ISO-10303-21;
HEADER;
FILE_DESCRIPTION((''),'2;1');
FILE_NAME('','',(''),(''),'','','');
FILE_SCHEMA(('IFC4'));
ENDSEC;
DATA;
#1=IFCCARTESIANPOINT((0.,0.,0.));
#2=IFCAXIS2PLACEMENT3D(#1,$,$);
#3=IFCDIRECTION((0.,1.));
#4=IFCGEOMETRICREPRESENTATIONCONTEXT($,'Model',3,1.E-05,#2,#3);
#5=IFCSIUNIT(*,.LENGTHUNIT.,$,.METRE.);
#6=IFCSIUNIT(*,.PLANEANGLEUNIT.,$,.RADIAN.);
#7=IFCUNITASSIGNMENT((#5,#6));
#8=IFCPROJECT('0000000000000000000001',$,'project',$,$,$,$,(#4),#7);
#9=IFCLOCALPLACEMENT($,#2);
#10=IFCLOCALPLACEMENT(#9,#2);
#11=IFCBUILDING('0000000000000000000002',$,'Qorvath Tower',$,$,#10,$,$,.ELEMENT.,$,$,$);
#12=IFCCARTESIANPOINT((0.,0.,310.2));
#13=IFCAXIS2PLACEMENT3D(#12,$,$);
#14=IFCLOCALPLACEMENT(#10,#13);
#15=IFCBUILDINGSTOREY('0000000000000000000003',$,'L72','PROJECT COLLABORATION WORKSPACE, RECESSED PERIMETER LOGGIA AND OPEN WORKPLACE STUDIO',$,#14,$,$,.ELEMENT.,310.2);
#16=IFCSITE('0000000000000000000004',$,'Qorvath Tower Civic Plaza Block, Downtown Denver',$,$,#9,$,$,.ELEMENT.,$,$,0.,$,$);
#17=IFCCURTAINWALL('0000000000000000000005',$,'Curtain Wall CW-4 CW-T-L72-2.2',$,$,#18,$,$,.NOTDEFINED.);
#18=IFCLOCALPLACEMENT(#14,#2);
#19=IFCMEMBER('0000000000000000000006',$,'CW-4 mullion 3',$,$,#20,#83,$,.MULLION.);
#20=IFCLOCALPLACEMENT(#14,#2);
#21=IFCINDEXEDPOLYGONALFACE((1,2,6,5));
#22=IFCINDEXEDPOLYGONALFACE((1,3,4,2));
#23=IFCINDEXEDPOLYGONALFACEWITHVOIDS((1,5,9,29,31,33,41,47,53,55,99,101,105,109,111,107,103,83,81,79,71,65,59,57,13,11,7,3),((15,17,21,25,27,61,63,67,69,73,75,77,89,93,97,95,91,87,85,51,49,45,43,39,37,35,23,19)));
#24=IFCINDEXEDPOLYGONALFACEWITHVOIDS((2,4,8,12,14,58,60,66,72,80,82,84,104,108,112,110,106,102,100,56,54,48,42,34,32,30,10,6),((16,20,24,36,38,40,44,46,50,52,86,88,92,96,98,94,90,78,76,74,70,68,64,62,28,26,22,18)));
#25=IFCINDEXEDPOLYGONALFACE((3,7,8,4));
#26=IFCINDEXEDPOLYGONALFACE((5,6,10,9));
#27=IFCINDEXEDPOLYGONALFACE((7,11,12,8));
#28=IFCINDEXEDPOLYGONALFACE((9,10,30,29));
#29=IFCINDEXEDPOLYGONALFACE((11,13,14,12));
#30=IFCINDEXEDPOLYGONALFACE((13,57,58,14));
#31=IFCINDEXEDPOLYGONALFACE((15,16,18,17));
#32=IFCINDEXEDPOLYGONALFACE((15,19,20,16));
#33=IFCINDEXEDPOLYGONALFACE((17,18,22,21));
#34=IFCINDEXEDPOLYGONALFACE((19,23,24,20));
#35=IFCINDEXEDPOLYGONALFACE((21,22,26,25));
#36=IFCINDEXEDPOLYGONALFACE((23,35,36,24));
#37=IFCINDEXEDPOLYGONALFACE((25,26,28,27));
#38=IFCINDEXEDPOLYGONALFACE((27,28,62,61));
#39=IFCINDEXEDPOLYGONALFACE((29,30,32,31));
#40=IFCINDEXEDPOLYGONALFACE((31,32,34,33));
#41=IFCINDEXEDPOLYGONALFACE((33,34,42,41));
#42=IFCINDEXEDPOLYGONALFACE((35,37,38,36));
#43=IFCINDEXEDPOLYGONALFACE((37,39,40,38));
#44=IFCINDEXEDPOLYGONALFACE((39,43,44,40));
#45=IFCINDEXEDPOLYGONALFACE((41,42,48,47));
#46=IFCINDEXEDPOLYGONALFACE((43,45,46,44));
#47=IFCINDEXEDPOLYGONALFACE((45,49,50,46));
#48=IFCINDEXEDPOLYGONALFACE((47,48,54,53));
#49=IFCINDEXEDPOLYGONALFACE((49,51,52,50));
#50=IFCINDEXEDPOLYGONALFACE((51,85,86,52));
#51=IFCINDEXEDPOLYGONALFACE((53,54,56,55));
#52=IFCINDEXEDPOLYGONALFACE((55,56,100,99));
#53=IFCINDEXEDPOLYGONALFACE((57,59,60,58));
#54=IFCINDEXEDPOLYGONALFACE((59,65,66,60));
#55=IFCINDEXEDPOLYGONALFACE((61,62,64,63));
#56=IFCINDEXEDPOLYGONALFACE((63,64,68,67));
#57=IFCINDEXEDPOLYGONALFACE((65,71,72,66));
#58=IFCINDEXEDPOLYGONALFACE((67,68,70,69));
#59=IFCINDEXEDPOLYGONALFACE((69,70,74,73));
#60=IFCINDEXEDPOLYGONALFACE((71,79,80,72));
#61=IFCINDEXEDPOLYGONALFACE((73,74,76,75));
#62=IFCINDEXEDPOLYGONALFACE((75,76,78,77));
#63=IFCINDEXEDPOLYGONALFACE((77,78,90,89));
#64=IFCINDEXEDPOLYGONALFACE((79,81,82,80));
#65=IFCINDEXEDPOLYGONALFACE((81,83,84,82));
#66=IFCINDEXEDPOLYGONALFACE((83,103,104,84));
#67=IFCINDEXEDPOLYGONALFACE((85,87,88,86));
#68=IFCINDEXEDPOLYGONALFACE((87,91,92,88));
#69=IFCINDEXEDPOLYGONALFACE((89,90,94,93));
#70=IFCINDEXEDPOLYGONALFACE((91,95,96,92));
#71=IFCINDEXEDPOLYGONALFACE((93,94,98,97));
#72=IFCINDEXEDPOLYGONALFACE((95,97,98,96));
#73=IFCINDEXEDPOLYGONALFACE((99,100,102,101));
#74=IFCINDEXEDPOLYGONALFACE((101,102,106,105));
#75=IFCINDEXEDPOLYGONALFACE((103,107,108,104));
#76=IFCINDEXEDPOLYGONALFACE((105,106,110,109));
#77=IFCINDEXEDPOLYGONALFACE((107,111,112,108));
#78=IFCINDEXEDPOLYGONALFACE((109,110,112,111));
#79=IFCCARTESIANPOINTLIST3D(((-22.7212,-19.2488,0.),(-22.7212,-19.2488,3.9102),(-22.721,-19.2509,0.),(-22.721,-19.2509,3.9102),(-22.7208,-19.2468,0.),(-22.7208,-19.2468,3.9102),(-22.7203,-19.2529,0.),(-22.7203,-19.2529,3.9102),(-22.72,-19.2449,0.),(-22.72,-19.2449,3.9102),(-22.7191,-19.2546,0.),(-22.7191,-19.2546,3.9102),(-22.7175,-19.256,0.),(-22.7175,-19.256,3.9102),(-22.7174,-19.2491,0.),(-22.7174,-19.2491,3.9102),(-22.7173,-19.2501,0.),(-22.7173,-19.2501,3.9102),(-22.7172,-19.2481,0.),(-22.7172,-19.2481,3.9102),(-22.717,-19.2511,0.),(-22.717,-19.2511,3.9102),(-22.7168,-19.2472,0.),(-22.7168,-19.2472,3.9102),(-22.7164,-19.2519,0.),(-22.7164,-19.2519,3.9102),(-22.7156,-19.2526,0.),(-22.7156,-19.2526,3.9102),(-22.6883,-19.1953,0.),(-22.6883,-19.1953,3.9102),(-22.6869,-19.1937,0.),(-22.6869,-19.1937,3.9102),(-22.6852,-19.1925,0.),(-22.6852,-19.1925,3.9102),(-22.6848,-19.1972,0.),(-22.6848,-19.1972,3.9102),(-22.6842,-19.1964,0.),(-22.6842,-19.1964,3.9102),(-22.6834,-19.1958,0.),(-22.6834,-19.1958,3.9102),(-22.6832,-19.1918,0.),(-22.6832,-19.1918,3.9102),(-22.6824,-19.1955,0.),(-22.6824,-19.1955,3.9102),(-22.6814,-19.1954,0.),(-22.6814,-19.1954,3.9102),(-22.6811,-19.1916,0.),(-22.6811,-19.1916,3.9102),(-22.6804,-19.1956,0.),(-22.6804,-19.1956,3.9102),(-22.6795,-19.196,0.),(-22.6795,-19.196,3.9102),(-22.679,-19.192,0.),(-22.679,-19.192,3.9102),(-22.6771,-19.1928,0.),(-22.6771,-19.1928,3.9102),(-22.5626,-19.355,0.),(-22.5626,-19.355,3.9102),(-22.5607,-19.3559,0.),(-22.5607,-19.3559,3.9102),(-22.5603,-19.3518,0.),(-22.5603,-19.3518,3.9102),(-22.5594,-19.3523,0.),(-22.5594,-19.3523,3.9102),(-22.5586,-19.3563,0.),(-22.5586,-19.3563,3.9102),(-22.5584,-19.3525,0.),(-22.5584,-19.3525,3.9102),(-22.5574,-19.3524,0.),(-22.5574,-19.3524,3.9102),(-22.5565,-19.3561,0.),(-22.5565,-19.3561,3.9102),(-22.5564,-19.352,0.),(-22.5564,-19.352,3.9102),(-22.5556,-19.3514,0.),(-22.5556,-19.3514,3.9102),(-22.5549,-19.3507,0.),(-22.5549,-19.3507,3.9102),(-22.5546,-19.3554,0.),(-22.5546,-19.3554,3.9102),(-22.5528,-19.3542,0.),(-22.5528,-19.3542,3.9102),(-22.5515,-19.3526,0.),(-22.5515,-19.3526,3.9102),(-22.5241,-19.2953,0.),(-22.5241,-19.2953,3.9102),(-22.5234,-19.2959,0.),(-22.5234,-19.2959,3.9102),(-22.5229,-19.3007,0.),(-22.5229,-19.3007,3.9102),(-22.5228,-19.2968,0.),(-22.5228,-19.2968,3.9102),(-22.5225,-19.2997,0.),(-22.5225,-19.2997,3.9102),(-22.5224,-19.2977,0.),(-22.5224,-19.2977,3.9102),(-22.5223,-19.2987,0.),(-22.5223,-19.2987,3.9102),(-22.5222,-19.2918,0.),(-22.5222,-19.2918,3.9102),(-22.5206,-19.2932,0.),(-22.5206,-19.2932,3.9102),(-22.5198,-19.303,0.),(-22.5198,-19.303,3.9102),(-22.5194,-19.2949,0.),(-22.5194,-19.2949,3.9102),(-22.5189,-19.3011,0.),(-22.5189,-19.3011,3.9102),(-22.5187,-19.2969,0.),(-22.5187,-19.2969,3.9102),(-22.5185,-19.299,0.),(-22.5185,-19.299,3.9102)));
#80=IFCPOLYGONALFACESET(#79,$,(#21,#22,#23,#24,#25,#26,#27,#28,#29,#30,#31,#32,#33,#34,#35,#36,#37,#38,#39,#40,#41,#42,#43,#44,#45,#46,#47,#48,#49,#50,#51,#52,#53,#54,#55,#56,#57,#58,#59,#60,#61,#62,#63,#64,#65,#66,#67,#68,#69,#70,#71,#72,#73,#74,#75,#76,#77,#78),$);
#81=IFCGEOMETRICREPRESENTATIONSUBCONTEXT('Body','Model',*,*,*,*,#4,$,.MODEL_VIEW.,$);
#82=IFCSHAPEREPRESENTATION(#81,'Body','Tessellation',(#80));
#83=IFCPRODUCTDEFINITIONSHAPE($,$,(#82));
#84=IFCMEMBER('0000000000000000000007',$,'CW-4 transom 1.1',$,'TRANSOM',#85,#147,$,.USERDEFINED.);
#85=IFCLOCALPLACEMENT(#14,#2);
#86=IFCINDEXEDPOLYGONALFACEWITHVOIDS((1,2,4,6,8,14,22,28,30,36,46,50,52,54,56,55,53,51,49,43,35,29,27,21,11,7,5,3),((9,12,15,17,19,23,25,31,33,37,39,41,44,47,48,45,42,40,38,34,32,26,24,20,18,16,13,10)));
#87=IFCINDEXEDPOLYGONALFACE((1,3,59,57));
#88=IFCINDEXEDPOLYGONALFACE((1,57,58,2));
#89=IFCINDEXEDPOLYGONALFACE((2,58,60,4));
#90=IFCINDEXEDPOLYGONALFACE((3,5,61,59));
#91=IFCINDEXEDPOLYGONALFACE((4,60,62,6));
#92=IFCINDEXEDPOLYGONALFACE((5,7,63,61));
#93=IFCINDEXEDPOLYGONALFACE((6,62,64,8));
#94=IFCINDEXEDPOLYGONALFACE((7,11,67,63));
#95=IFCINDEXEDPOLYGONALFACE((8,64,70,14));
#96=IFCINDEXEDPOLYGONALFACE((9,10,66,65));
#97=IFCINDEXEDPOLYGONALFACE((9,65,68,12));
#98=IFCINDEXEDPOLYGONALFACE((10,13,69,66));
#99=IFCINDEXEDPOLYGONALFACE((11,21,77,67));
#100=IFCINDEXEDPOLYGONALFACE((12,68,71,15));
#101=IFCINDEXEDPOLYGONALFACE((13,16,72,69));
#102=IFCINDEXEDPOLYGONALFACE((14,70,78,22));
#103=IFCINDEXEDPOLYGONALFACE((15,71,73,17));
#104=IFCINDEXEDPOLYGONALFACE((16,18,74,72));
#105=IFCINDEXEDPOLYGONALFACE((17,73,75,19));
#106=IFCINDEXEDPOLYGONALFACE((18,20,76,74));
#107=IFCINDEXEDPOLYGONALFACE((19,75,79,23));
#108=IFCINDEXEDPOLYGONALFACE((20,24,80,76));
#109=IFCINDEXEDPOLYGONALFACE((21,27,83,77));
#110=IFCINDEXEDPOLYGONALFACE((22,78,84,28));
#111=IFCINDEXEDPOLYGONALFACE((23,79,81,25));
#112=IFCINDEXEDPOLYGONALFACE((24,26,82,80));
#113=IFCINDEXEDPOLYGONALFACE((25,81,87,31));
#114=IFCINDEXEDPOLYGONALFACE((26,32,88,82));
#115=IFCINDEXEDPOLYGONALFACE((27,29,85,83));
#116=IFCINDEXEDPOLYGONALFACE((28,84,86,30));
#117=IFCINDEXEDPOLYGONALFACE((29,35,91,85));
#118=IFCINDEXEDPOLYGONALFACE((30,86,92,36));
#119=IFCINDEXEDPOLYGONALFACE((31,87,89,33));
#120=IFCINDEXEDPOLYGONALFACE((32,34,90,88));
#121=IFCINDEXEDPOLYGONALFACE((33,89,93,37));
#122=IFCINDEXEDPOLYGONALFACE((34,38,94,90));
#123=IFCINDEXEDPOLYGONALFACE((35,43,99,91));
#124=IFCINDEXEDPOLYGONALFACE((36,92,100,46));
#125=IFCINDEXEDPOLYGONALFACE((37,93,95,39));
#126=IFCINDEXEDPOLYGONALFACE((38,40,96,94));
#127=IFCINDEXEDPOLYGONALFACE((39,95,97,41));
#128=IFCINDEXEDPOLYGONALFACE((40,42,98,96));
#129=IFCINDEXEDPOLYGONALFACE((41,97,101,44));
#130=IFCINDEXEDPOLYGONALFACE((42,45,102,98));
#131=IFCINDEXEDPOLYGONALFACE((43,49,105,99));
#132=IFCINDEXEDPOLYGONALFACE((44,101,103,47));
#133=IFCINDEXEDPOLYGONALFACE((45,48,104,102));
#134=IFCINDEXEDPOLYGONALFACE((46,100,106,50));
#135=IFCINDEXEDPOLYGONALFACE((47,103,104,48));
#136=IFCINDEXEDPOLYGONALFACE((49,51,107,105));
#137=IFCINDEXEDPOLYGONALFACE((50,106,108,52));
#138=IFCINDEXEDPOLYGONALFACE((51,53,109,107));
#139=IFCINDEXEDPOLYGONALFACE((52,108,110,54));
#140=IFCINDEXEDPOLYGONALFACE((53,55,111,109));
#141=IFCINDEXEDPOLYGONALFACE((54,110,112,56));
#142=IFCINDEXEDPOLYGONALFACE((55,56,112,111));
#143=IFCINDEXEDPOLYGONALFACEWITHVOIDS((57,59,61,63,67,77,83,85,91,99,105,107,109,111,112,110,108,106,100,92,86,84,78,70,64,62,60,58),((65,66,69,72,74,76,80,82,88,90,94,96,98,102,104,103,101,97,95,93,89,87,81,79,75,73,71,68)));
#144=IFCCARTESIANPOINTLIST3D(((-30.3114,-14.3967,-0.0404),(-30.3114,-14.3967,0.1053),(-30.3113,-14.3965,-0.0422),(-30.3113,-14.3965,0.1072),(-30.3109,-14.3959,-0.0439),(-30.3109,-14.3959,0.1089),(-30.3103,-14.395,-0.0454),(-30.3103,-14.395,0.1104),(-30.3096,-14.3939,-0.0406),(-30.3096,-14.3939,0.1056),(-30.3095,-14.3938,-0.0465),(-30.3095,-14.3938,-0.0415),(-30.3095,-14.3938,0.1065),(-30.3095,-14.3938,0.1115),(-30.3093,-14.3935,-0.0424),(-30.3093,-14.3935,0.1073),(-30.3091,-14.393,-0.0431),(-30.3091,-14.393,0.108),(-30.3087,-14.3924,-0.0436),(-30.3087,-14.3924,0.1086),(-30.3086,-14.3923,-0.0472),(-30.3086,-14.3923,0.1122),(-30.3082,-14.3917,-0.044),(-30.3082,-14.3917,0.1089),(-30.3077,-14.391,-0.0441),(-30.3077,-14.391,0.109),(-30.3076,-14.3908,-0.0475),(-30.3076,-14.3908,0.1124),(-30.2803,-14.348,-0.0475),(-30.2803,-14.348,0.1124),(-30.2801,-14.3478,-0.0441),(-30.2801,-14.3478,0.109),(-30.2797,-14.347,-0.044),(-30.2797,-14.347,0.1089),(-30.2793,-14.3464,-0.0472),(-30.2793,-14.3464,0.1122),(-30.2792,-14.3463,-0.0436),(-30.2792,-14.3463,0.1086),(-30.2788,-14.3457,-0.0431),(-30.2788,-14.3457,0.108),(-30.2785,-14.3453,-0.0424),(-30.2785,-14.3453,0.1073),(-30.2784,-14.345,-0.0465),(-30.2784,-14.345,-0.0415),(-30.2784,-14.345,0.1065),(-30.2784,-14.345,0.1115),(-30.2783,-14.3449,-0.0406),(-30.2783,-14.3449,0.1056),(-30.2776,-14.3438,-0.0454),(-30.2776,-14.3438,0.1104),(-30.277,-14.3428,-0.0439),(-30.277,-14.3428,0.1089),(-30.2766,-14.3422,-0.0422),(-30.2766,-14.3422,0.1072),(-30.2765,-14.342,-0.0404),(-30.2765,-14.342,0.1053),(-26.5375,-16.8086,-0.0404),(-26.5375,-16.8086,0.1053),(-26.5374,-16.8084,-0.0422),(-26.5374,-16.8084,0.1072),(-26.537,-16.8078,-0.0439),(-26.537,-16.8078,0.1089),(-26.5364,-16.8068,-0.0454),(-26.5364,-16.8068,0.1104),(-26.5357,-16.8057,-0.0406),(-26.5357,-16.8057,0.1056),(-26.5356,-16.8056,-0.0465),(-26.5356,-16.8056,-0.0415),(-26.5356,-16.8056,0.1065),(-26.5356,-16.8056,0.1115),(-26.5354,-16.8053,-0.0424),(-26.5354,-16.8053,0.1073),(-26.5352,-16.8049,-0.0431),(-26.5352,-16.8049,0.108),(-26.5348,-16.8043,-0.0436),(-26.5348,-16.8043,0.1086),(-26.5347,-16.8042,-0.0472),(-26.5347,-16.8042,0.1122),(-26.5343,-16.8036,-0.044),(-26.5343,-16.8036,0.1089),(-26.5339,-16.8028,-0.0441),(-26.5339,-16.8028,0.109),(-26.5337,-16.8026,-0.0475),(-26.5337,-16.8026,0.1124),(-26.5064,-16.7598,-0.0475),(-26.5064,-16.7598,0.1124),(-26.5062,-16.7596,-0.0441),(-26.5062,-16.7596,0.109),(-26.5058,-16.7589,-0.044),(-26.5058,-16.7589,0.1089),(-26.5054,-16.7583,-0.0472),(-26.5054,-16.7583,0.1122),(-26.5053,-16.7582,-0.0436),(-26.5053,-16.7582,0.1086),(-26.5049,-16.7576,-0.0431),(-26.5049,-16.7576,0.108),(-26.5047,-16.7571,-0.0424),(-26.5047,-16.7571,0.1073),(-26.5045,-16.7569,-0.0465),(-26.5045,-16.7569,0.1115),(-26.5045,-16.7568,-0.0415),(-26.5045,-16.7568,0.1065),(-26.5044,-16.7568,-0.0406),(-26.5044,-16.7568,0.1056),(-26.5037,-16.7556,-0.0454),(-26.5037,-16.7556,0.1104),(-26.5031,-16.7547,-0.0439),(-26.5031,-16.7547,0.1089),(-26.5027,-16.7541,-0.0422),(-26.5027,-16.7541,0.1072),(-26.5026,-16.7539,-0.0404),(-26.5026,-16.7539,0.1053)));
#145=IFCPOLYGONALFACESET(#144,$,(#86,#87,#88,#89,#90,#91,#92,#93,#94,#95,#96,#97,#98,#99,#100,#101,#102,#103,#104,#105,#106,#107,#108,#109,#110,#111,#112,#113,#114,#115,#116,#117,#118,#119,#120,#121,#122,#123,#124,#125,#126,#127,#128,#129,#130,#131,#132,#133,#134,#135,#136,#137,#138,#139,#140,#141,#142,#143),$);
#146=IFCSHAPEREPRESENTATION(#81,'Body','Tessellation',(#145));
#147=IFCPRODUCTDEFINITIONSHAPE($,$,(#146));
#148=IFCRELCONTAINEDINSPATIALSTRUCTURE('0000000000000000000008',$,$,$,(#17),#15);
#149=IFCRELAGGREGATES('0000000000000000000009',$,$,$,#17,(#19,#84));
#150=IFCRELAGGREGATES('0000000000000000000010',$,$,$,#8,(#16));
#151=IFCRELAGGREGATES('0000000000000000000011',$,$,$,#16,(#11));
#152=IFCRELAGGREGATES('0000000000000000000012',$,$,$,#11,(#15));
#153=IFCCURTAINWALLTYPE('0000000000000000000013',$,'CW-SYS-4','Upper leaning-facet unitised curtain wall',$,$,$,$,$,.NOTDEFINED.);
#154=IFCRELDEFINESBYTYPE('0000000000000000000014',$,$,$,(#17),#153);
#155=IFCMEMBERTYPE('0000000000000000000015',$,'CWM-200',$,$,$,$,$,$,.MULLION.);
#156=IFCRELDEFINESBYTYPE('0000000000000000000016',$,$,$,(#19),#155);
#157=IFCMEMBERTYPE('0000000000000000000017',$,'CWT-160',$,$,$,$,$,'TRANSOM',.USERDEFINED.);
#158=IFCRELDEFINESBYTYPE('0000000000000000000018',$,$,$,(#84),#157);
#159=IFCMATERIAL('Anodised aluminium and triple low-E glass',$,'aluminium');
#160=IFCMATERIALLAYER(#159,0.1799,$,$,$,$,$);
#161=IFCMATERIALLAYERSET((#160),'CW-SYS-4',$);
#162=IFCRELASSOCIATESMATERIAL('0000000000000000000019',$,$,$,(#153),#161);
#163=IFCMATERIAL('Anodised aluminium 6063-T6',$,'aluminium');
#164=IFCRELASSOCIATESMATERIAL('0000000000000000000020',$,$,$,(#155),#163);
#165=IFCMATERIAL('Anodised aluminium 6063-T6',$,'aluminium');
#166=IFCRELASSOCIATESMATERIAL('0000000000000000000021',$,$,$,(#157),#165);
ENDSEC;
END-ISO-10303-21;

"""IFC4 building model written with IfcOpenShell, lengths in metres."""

from ifc_helpers import new_model, si_unit, direction, frame, origin, origin_2d, place, context, subcontext, project, spatial, hollow_rectangle, extrude, material, layer, layer_set, material_profile, profile_set, type_object, element, aggregate, save


model = new_model("IFC4")

# Units and contexts
model_context = context("Model", 3, precision=1e-05, world=origin(), true_north=direction((0.0, 1.0)))
body_context = subcontext(model_context, "Body", "Model", "MODEL_VIEW")
ifc_project = project(units=[si_unit("LENGTHUNIT", "METRE"), si_unit("PLANEANGLEUNIT", "RADIAN")], contexts=[model_context])

# Site, building, storey
site_placement = place(None, origin())
site = spatial("IfcSite", under=ifc_project, at=site_placement, Name="Qorvath Tower Civic Plaza Block, Downtown Denver", CompositionType="ELEMENT", RefElevation=0.0)
building_placement = place(site_placement, origin())
building = spatial("IfcBuilding", under=site, at=building_placement, Name="Qorvath Tower", CompositionType="ELEMENT")
storey_placement = place(building_placement, frame((0.0, 0.0, 310.2)))
storey = spatial("IfcBuildingStorey", under=building, at=storey_placement, Name="L72", Description="PROJECT COLLABORATION WORKSPACE, RECESSED PERIMETER LOGGIA AND OPEN WORKPLACE STUDIO", CompositionType="ELEMENT", Elevation=310.2)

# Curtain wall, members
ifc_material_1 = material(Name="Anodised aluminium and triple low-E glass", Category="aluminium")
ifc_layer_1 = layer(ifc_material_1, 0.1799)
ifc_layer_set_1 = layer_set([ifc_layer_1], Name="CW-SYS-4")
curtain_wall_type = type_object("IfcCurtainWallType", Name="CW-SYS-4", Description="Upper leaning-facet unitised curtain wall", PredefinedType="NOTDEFINED", material=ifc_layer_set_1)
curtain_wall_placement = place(storey_placement, origin())
curtain_wall = element("IfcCurtainWall", 1, at=curtain_wall_placement, inside=storey, type_object=curtain_wall_type, Name="Curtain Wall CW-4 CW-T-L72-2.2", PredefinedType="NOTDEFINED")
ifc_material_2 = material(Name="Anodised aluminium 6063-T6", Category="aluminium")
ifc_material_profile_1 = material_profile(ifc_material_2, hollow_rectangle(XDim=0.075, YDim=0.2, WallThickness=0.0039, InnerFilletRadius=0.0039, OuterFilletRadius=0.0081, at=origin_2d()), Name="CWM 200x75")
ifc_profile_set_1 = profile_set([ifc_material_profile_1], Name="Anodised aluminium 6063-T6")
member_type_1 = type_object("IfcMemberType", Name="CWM-200", PredefinedType="MULLION", material=ifc_profile_set_1)
member_1_placement = place(storey_placement, frame((-22.6199, -19.2739, 0.0), z_axis=(0.0, 0.0, 1.0), x_axis=(0.538531, 0.842605, 0.0)))
member_1 = element("IfcMember", 2, at=member_1_placement, type_object=member_type_1, Name="CW-4 mullion 3", PredefinedType="MULLION", context=body_context, shape_type="SweptSolid", body=[
    extrude(hollow_rectangle(XDim=0.075, YDim=0.2, WallThickness=0.0039, InnerFilletRadius=0.0039, OuterFilletRadius=0.0081, at=origin_2d()), origin(), (0.0, 0.0, 1.0), 3.9102),
])
ifc_material_3 = material(Name="Anodised aluminium 6063-T6", Category="aluminium")
ifc_material_profile_2 = material_profile(ifc_material_3, hollow_rectangle(XDim=0.0649, YDim=0.1599, WallThickness=0.0034, InnerFilletRadius=0.0034, OuterFilletRadius=0.0071, at=origin_2d()), Name="CWT 160x65")
ifc_profile_set_2 = profile_set([ifc_material_profile_2], Name="Anodised aluminium 6063-T6")
member_type_2 = type_object("IfcMemberType", Name="CWT-160", ElementType="TRANSOM", PredefinedType="USERDEFINED", material=ifc_profile_set_2)
member_2_placement = place(storey_placement, frame((-30.2939, -14.3694, 0.0325), z_axis=(0.842621, -0.538508, 0.0), x_axis=(0.538508, 0.842621, 0.0)))
member_2 = element("IfcMember", 3, at=member_2_placement, type_object=member_type_2, Name="CW-4 transom 1.1", ObjectType="TRANSOM", PredefinedType="USERDEFINED", context=body_context, shape_type="SweptSolid", body=[
    extrude(hollow_rectangle(XDim=0.0649, YDim=0.1599, WallThickness=0.0034, InnerFilletRadius=0.0034, OuterFilletRadius=0.0071, at=origin_2d()), origin(), (0.0, 0.0, 1.0), 4.4788),
])
aggregate(curtain_wall, [member_1, member_2])

save(model, "model.ifc")
